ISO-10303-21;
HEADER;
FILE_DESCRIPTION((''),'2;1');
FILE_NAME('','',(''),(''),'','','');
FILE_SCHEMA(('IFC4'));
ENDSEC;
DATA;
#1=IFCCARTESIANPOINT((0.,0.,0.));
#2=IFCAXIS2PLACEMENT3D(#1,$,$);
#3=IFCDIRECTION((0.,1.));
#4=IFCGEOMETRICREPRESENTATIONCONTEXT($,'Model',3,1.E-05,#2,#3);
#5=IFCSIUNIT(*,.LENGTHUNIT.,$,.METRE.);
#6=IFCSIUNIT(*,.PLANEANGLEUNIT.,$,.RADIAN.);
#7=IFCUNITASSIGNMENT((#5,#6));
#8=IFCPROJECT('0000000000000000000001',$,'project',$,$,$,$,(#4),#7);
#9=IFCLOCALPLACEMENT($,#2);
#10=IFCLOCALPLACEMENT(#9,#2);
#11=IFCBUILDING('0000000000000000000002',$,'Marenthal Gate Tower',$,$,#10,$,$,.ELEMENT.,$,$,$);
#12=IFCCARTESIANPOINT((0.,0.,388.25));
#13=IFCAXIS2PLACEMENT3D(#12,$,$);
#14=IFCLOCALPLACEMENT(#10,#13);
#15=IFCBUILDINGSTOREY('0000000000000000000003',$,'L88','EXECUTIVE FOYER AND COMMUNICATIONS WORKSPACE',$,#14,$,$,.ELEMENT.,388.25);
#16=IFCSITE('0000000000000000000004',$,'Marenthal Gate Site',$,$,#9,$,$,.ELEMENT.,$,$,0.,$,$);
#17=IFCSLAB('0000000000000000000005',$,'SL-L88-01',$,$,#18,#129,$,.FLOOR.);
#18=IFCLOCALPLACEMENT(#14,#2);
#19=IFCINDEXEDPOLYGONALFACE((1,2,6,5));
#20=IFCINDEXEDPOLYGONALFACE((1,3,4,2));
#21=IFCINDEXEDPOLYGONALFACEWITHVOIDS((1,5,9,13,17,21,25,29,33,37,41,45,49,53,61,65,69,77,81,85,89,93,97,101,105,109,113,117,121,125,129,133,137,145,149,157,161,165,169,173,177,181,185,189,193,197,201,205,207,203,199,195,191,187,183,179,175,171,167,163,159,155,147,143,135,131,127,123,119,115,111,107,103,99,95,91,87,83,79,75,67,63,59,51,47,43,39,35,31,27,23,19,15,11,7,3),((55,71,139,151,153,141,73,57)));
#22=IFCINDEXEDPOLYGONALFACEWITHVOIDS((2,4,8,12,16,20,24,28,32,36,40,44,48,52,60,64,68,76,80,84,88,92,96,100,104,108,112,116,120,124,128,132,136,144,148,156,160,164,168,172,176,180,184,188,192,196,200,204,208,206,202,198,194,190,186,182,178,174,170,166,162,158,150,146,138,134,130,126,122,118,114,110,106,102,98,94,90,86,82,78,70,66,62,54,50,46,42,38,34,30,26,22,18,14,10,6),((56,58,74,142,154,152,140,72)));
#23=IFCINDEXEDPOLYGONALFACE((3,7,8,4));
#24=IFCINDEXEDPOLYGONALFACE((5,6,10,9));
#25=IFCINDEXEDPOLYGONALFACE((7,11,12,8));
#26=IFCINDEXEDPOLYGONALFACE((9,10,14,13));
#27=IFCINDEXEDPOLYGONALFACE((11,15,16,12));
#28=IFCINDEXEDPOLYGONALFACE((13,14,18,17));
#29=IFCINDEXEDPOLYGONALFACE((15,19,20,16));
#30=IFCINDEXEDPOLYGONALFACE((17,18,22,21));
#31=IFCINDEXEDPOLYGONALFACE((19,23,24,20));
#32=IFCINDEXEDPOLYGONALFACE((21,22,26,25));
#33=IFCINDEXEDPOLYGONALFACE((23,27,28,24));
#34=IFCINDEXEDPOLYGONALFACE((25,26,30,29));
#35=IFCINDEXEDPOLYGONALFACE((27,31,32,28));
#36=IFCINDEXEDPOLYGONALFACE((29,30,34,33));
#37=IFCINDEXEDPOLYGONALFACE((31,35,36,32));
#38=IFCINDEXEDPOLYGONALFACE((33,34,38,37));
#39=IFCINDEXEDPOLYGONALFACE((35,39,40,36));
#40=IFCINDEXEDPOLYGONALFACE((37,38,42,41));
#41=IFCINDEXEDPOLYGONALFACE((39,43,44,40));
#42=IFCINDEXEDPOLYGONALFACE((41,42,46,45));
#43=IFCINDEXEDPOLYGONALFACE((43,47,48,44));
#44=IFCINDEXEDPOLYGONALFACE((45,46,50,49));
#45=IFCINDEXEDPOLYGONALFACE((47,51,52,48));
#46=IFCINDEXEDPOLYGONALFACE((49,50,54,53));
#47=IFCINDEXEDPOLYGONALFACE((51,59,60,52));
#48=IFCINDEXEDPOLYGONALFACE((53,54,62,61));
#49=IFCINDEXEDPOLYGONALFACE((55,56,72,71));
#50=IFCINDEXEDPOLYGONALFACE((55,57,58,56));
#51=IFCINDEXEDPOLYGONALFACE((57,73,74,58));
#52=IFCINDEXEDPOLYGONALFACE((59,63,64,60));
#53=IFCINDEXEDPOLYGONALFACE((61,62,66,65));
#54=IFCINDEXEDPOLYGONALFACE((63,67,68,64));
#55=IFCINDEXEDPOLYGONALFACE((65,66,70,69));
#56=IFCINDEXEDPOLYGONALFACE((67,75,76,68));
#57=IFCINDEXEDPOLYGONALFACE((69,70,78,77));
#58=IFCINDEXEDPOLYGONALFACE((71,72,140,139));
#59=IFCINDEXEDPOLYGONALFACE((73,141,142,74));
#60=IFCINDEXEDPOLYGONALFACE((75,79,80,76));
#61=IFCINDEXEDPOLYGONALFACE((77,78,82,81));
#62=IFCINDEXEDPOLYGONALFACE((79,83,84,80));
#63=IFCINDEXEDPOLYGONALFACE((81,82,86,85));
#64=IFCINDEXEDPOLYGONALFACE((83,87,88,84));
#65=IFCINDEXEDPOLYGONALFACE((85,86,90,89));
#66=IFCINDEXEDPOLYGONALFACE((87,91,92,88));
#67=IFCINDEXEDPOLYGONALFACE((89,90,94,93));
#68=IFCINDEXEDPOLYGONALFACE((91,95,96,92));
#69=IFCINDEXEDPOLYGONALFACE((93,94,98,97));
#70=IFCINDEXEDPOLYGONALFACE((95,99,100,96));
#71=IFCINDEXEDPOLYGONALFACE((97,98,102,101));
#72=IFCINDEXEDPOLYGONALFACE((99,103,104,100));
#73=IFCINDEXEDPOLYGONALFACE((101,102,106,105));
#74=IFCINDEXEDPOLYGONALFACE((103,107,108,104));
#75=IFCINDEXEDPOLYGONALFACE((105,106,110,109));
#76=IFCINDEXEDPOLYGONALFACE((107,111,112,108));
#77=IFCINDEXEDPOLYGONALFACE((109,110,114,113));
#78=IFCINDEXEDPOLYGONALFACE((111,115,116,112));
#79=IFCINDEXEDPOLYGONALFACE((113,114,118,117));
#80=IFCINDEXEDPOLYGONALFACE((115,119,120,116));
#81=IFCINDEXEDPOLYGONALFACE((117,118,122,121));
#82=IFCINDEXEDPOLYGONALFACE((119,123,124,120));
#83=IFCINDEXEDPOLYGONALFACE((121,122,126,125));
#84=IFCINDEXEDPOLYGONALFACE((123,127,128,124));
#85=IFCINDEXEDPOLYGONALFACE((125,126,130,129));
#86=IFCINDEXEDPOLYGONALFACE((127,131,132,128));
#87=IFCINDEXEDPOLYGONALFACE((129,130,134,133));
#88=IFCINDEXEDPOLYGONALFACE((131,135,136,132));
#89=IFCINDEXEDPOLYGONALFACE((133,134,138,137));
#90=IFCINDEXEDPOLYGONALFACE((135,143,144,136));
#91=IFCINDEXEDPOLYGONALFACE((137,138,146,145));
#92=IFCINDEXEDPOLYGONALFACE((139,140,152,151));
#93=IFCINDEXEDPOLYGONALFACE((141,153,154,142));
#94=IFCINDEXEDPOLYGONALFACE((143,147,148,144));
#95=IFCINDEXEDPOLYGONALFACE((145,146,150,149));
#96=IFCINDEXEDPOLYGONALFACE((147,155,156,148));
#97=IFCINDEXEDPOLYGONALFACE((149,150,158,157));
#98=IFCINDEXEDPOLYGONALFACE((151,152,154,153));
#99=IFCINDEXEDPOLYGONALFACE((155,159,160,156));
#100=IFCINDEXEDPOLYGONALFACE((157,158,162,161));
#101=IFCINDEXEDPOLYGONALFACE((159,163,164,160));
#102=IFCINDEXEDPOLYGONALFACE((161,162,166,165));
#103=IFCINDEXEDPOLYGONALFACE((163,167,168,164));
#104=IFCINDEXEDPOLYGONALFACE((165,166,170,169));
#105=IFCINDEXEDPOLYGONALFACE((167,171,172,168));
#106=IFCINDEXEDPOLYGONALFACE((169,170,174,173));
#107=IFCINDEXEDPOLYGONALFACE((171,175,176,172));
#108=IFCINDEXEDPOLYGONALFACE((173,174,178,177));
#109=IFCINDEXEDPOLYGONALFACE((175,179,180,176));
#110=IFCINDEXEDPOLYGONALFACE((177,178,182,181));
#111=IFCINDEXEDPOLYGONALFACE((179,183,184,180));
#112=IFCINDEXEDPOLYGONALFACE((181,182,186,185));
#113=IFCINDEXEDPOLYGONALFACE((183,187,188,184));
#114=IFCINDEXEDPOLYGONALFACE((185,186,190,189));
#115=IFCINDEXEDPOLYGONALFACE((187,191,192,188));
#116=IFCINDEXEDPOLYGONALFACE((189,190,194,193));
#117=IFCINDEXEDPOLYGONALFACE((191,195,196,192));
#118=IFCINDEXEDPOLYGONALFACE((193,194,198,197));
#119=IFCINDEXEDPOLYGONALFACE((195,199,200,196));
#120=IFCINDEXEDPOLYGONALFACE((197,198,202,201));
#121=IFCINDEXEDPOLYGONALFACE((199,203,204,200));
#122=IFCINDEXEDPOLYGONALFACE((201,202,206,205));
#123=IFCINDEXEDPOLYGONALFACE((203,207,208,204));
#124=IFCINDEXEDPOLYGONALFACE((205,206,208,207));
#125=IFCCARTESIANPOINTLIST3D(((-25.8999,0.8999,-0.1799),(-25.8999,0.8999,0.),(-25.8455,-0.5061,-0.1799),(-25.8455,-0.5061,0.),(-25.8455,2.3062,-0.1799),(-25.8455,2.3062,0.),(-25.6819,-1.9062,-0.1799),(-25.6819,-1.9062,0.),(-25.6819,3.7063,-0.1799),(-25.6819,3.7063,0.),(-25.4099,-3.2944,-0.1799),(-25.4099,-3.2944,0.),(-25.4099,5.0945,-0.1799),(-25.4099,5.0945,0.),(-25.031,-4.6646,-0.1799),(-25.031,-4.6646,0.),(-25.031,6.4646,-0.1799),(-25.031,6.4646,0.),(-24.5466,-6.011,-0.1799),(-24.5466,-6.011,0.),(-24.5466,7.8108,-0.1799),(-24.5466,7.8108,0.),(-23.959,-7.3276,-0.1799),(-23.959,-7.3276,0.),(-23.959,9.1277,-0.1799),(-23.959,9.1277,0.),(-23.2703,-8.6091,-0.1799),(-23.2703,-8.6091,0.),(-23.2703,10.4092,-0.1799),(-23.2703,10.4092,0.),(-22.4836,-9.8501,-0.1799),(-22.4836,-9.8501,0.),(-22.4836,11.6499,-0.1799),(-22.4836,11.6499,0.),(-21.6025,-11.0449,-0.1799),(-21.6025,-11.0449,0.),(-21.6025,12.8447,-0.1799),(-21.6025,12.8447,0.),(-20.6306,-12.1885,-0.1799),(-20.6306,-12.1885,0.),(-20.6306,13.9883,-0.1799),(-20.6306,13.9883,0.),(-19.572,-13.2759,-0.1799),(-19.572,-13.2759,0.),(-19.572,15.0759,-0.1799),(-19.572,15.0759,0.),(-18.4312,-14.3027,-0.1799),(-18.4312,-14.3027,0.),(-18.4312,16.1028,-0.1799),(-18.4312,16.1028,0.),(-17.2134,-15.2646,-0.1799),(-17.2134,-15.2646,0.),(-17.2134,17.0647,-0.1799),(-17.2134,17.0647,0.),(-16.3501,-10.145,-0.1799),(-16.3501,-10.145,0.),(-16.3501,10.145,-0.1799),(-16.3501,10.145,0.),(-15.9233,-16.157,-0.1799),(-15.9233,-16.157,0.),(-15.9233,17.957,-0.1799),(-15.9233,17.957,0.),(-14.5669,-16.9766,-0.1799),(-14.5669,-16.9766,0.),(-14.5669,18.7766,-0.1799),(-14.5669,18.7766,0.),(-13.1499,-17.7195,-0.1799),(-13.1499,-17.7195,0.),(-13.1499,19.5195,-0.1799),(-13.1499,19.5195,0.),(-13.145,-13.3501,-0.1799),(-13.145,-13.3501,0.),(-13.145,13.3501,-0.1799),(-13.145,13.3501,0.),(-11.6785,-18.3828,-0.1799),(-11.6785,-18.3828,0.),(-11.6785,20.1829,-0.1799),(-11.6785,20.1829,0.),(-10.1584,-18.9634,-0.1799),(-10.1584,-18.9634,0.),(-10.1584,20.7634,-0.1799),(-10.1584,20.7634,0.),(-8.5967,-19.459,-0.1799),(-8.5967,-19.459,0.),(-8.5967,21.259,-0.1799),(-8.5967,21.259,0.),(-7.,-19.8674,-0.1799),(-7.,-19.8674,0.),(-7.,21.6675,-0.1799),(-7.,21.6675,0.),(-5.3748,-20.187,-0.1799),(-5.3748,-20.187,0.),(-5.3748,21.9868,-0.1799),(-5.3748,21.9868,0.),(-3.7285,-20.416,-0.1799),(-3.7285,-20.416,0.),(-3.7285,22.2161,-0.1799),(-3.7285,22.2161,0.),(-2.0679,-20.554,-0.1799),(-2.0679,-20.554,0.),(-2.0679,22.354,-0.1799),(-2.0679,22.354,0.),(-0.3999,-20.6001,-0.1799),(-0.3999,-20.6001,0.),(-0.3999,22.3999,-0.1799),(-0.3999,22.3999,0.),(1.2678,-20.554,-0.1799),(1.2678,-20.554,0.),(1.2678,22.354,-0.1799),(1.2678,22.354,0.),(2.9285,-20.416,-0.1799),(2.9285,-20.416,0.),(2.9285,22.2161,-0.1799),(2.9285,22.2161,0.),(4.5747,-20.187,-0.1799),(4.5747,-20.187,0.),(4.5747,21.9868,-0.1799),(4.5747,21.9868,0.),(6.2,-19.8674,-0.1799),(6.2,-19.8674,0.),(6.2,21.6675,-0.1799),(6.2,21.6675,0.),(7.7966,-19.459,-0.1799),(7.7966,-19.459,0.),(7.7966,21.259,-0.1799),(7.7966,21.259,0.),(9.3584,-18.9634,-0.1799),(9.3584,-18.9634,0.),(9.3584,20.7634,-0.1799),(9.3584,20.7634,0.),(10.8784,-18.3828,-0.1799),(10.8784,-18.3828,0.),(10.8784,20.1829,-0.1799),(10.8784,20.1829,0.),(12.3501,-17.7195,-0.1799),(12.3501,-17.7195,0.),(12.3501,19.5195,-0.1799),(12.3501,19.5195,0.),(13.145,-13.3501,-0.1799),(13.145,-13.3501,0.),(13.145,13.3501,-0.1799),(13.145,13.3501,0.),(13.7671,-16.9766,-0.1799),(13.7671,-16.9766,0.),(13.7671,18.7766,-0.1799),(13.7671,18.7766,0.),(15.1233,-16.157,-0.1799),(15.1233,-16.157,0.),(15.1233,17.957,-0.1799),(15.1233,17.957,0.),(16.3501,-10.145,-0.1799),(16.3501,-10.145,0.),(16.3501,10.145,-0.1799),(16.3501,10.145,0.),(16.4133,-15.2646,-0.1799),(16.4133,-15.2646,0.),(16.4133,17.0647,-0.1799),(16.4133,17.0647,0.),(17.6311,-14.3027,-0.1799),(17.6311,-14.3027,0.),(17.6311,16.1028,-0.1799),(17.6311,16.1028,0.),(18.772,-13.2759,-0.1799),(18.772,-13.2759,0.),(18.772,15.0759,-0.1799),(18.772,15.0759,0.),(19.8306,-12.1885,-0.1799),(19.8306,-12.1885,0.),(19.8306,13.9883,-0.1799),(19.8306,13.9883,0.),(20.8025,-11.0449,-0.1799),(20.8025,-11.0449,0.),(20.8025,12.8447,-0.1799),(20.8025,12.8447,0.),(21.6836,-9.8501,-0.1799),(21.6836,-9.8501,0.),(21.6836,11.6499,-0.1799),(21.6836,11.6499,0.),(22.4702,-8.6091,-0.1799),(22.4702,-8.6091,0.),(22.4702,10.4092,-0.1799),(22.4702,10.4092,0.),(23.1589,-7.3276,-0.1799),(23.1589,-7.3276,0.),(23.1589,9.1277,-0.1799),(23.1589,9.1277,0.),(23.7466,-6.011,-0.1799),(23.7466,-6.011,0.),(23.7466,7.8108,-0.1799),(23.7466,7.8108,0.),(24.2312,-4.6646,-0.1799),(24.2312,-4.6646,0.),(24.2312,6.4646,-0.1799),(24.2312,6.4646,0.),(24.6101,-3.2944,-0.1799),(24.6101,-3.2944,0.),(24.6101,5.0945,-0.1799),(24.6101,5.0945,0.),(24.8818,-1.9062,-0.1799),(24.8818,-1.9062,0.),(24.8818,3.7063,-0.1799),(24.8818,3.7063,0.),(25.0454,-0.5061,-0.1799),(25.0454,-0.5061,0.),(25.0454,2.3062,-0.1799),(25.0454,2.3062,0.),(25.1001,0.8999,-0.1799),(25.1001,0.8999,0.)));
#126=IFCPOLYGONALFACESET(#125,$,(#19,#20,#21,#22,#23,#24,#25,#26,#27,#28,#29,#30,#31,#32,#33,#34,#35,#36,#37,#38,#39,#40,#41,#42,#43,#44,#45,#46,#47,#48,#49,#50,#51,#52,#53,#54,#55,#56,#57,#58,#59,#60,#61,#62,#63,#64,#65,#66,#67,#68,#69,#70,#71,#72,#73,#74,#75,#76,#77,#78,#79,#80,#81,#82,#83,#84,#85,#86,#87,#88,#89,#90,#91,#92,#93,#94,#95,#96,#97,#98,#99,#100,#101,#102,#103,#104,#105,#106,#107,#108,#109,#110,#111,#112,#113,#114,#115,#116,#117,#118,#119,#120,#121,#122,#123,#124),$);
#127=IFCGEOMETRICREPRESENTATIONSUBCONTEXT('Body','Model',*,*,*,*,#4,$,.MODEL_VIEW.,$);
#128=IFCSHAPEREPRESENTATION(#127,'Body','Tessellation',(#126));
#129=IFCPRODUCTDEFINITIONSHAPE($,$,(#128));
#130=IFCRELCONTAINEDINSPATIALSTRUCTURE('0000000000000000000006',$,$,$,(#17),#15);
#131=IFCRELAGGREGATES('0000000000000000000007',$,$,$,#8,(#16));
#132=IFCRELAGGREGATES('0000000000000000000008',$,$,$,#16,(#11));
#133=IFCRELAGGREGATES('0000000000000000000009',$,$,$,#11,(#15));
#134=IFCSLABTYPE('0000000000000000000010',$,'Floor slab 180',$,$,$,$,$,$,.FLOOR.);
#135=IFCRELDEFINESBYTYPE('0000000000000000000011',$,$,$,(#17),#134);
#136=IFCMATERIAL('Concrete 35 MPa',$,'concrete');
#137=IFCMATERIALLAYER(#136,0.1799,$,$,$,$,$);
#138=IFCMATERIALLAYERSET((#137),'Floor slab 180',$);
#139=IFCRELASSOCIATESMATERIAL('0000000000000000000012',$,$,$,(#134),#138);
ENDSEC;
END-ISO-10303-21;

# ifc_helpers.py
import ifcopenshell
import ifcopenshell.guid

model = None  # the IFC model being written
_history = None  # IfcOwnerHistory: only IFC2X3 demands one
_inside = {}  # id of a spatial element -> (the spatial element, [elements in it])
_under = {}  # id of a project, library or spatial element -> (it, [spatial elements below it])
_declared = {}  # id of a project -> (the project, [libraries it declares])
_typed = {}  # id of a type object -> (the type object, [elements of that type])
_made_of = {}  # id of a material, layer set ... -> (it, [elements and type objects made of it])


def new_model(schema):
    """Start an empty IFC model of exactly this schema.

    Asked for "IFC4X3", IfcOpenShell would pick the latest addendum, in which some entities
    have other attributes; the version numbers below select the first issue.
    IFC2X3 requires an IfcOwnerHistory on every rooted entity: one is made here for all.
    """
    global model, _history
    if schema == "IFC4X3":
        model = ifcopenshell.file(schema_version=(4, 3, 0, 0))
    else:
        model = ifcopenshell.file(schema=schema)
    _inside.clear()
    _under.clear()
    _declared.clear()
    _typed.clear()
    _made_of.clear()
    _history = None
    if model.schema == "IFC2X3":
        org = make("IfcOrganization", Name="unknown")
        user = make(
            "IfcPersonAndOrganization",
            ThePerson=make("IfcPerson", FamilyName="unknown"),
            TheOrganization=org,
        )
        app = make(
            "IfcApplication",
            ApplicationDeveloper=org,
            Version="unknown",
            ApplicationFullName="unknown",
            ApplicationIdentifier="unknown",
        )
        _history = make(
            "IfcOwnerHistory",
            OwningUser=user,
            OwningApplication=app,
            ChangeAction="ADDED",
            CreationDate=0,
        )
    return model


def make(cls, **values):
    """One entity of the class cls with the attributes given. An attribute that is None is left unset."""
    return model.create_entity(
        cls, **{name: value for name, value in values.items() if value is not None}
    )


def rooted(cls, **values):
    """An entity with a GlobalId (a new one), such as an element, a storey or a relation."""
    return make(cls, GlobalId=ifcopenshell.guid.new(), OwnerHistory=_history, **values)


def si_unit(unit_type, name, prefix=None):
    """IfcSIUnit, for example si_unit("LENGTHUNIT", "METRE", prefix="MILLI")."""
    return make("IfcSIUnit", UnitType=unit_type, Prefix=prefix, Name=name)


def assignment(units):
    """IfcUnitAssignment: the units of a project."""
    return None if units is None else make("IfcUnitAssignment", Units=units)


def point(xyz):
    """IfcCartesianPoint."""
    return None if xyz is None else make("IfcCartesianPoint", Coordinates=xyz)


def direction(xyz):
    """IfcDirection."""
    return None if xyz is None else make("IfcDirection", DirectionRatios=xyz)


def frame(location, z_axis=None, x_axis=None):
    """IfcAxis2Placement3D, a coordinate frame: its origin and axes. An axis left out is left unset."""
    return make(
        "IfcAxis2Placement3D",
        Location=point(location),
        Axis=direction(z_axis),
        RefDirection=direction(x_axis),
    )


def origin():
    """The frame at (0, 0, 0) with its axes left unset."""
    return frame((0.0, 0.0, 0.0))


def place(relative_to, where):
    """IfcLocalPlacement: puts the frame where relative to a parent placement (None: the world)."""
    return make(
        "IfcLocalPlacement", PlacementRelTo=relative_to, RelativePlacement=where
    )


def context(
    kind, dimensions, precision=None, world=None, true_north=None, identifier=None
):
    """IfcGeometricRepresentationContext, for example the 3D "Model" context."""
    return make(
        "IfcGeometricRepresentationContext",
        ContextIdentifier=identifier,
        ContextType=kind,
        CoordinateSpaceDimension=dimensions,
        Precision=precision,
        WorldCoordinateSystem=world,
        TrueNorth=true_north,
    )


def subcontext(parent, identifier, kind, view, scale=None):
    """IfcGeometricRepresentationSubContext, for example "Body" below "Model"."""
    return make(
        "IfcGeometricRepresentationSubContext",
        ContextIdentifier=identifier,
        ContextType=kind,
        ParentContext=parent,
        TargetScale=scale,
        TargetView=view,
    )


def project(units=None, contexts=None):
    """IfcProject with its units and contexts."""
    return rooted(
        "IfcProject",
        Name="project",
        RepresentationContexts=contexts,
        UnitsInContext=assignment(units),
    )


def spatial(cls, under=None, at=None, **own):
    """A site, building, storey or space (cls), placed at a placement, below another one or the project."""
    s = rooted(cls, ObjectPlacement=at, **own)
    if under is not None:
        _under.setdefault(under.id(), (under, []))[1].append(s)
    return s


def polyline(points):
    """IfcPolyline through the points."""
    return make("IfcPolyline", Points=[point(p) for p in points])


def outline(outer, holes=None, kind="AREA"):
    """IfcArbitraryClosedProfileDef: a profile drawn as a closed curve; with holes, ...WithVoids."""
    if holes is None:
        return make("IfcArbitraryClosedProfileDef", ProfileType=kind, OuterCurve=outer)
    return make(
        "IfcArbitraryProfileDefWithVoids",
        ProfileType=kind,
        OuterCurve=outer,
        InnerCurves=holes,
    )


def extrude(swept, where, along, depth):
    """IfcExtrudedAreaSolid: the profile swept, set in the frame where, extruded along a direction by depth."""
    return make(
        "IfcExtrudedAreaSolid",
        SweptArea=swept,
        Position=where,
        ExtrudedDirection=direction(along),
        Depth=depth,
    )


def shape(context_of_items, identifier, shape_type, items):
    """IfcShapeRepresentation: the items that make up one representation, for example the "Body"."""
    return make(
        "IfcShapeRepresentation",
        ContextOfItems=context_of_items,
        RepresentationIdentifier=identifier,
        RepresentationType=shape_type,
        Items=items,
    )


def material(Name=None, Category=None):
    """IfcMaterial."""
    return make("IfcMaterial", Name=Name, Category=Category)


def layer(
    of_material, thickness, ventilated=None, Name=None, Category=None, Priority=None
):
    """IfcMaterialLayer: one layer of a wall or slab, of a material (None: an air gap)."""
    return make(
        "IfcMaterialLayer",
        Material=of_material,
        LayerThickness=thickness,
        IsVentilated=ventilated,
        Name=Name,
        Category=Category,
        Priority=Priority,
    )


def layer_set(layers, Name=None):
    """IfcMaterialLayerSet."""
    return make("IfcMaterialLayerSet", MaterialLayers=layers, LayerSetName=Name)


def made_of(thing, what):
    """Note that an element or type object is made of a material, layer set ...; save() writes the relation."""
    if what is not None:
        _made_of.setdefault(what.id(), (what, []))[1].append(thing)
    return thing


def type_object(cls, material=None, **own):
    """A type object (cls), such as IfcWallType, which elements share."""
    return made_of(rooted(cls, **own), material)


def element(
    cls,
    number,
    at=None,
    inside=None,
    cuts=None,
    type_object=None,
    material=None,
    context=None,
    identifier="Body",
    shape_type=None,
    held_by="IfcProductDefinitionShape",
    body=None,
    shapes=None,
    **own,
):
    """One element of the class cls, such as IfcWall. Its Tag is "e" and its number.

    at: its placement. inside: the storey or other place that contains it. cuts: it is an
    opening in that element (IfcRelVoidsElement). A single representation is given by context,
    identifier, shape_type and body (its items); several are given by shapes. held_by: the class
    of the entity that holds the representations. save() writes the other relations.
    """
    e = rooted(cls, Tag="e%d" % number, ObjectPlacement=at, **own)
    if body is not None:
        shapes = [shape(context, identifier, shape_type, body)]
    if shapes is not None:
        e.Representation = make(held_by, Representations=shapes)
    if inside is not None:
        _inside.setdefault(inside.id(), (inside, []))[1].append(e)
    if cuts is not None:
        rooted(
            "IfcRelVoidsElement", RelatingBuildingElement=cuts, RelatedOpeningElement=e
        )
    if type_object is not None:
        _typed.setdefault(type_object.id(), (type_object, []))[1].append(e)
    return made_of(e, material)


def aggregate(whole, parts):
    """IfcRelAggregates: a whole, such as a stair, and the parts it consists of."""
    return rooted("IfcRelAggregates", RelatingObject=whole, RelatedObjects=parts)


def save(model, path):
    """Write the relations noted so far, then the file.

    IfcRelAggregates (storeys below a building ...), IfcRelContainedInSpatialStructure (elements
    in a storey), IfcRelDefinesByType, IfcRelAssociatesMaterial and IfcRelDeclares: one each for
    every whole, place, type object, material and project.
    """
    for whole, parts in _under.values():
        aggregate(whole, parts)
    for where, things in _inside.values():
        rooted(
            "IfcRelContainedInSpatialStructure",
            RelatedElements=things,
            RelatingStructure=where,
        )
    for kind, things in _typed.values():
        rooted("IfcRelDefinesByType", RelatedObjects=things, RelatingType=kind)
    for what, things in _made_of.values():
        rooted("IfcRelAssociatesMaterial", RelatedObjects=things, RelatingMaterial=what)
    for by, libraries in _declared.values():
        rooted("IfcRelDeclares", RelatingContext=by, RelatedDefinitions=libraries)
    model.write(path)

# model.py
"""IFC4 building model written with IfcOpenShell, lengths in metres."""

from ifc_helpers import new_model, si_unit, direction, frame, origin, place, context, subcontext, project, spatial, polyline, outline, extrude, material, layer, layer_set, type_object, element, save


model = new_model("IFC4")

# Units and contexts
model_context = context("Model", 3, precision=1e-05, world=origin(), true_north=direction((0.0, 1.0)))
body_context = subcontext(model_context, "Body", "Model", "MODEL_VIEW")
ifc_project = project(units=[si_unit("LENGTHUNIT", "METRE"), si_unit("PLANEANGLEUNIT", "RADIAN")], contexts=[model_context])

# Site, building, storey
site_placement = place(None, origin())
site = spatial("IfcSite", under=ifc_project, at=site_placement, Name="Marenthal Gate Site", CompositionType="ELEMENT", RefElevation=0.0)
building_placement = place(site_placement, origin())
building = spatial("IfcBuilding", under=site, at=building_placement, Name="Marenthal Gate Tower", CompositionType="ELEMENT")
storey_placement = place(building_placement, frame((0.0, 0.0, 388.25)))
storey = spatial("IfcBuildingStorey", under=building, at=storey_placement, Name="L88", Description="EXECUTIVE FOYER AND COMMUNICATIONS WORKSPACE", CompositionType="ELEMENT", Elevation=388.25)

# Slab
ifc_material_1 = material(Name="Concrete 35 MPa", Category="concrete")
ifc_layer_1 = layer(ifc_material_1, 0.1799)
ifc_layer_set_1 = layer_set([ifc_layer_1], Name="Floor slab 180")
slab_type = type_object("IfcSlabType", Name="Floor slab 180", PredefinedType="FLOOR", material=ifc_layer_set_1)
slab_placement = place(storey_placement, frame((0.0, 0.0, -0.1799)))
element("IfcSlab", 1, at=slab_placement, inside=storey, type_object=slab_type, Name="SL-L88-01", PredefinedType="FLOOR", context=body_context, shape_type="SweptSolid", body=[
    extrude(outline(polyline([(25.1001, 0.8999), (25.0454, 2.3062), (24.8818, 3.7063), (24.6101, 5.0945), (24.2312, 6.4646), (23.7466, 7.8108), (23.1589, 9.1277), (22.4702, 10.4092), (21.6836, 11.6499), (20.8025, 12.8447), (19.8306, 13.9883), (18.772, 15.0759), (17.6311, 16.1028), (16.4133, 17.0647), (15.1233, 17.957), (13.7671, 18.7766), (12.3501, 19.5195), (10.8784, 20.1829), (9.3584, 20.7634), (7.7966, 21.259), (6.2, 21.6675), (4.5747, 21.9868), (2.9285, 22.2161), (1.2678, 22.354), (-0.3999, 22.3999), (-2.0679, 22.354), (-3.7285, 22.2161), (-5.3748, 21.9868), (-7.0, 21.6675), (-8.5967, 21.259), (-10.1584, 20.7634), (-11.6785, 20.1829), (-13.1499, 19.5195), (-14.5669, 18.7766), (-15.9233, 17.957), (-17.2134, 17.0647), (-18.4312, 16.1028), (-19.572, 15.0759), (-20.6306, 13.9883), (-21.6025, 12.8447), (-22.4836, 11.6499), (-23.2703, 10.4092), (-23.959, 9.1277), (-24.5466, 7.8108), (-25.031, 6.4646), (-25.4099, 5.0945), (-25.6819, 3.7063), (-25.8455, 2.3062), (-25.8999, 0.8999), (-25.8455, -0.5061), (-25.6819, -1.9062), (-25.4099, -3.2944), (-25.031, -4.6646), (-24.5466, -6.011), (-23.959, -7.3276), (-23.2703, -8.6091), (-22.4836, -9.8501), (-21.6025, -11.0449), (-20.6306, -12.1885), (-19.572, -13.2759), (-18.4312, -14.3027), (-17.2134, -15.2646), (-15.9233, -16.157), (-14.5669, -16.9766), (-13.1499, -17.7195), (-11.6785, -18.3828), (-10.1584, -18.9634), (-8.5967, -19.459), (-7.0, -19.8674), (-5.3748, -20.187), (-3.7285, -20.416), (-2.0679, -20.554), (-0.3999, -20.6001), (1.2678, -20.554), (2.9285, -20.416), (4.5747, -20.187), (6.2, -19.8674), (7.7966, -19.459), (9.3584, -18.9634), (10.8784, -18.3828), (12.3501, -17.7195), (13.7671, -16.9766), (15.1233, -16.157), (16.4133, -15.2646), (17.6311, -14.3027), (18.772, -13.2759), (19.8306, -12.1885), (20.8025, -11.0449), (21.6836, -9.8501), (22.4702, -8.6091), (23.1589, -7.3276), (23.7466, -6.011), (24.2312, -4.6646), (24.6101, -3.2944), (24.8818, -1.9062), (25.0454, -0.5061), (25.1001, 0.8999)]), holes=[polyline([(13.145, -13.3501), (16.3501, -10.145), (16.3501, 10.145), (13.145, 13.3501), (-13.145, 13.3501), (-16.3501, 10.145), (-16.3501, -10.145), (-13.145, -13.3501), (13.145, -13.3501)])]), origin(), (0.0, 0.0, 1.0), 0.1799),
])

save(model, "model.ifc")
